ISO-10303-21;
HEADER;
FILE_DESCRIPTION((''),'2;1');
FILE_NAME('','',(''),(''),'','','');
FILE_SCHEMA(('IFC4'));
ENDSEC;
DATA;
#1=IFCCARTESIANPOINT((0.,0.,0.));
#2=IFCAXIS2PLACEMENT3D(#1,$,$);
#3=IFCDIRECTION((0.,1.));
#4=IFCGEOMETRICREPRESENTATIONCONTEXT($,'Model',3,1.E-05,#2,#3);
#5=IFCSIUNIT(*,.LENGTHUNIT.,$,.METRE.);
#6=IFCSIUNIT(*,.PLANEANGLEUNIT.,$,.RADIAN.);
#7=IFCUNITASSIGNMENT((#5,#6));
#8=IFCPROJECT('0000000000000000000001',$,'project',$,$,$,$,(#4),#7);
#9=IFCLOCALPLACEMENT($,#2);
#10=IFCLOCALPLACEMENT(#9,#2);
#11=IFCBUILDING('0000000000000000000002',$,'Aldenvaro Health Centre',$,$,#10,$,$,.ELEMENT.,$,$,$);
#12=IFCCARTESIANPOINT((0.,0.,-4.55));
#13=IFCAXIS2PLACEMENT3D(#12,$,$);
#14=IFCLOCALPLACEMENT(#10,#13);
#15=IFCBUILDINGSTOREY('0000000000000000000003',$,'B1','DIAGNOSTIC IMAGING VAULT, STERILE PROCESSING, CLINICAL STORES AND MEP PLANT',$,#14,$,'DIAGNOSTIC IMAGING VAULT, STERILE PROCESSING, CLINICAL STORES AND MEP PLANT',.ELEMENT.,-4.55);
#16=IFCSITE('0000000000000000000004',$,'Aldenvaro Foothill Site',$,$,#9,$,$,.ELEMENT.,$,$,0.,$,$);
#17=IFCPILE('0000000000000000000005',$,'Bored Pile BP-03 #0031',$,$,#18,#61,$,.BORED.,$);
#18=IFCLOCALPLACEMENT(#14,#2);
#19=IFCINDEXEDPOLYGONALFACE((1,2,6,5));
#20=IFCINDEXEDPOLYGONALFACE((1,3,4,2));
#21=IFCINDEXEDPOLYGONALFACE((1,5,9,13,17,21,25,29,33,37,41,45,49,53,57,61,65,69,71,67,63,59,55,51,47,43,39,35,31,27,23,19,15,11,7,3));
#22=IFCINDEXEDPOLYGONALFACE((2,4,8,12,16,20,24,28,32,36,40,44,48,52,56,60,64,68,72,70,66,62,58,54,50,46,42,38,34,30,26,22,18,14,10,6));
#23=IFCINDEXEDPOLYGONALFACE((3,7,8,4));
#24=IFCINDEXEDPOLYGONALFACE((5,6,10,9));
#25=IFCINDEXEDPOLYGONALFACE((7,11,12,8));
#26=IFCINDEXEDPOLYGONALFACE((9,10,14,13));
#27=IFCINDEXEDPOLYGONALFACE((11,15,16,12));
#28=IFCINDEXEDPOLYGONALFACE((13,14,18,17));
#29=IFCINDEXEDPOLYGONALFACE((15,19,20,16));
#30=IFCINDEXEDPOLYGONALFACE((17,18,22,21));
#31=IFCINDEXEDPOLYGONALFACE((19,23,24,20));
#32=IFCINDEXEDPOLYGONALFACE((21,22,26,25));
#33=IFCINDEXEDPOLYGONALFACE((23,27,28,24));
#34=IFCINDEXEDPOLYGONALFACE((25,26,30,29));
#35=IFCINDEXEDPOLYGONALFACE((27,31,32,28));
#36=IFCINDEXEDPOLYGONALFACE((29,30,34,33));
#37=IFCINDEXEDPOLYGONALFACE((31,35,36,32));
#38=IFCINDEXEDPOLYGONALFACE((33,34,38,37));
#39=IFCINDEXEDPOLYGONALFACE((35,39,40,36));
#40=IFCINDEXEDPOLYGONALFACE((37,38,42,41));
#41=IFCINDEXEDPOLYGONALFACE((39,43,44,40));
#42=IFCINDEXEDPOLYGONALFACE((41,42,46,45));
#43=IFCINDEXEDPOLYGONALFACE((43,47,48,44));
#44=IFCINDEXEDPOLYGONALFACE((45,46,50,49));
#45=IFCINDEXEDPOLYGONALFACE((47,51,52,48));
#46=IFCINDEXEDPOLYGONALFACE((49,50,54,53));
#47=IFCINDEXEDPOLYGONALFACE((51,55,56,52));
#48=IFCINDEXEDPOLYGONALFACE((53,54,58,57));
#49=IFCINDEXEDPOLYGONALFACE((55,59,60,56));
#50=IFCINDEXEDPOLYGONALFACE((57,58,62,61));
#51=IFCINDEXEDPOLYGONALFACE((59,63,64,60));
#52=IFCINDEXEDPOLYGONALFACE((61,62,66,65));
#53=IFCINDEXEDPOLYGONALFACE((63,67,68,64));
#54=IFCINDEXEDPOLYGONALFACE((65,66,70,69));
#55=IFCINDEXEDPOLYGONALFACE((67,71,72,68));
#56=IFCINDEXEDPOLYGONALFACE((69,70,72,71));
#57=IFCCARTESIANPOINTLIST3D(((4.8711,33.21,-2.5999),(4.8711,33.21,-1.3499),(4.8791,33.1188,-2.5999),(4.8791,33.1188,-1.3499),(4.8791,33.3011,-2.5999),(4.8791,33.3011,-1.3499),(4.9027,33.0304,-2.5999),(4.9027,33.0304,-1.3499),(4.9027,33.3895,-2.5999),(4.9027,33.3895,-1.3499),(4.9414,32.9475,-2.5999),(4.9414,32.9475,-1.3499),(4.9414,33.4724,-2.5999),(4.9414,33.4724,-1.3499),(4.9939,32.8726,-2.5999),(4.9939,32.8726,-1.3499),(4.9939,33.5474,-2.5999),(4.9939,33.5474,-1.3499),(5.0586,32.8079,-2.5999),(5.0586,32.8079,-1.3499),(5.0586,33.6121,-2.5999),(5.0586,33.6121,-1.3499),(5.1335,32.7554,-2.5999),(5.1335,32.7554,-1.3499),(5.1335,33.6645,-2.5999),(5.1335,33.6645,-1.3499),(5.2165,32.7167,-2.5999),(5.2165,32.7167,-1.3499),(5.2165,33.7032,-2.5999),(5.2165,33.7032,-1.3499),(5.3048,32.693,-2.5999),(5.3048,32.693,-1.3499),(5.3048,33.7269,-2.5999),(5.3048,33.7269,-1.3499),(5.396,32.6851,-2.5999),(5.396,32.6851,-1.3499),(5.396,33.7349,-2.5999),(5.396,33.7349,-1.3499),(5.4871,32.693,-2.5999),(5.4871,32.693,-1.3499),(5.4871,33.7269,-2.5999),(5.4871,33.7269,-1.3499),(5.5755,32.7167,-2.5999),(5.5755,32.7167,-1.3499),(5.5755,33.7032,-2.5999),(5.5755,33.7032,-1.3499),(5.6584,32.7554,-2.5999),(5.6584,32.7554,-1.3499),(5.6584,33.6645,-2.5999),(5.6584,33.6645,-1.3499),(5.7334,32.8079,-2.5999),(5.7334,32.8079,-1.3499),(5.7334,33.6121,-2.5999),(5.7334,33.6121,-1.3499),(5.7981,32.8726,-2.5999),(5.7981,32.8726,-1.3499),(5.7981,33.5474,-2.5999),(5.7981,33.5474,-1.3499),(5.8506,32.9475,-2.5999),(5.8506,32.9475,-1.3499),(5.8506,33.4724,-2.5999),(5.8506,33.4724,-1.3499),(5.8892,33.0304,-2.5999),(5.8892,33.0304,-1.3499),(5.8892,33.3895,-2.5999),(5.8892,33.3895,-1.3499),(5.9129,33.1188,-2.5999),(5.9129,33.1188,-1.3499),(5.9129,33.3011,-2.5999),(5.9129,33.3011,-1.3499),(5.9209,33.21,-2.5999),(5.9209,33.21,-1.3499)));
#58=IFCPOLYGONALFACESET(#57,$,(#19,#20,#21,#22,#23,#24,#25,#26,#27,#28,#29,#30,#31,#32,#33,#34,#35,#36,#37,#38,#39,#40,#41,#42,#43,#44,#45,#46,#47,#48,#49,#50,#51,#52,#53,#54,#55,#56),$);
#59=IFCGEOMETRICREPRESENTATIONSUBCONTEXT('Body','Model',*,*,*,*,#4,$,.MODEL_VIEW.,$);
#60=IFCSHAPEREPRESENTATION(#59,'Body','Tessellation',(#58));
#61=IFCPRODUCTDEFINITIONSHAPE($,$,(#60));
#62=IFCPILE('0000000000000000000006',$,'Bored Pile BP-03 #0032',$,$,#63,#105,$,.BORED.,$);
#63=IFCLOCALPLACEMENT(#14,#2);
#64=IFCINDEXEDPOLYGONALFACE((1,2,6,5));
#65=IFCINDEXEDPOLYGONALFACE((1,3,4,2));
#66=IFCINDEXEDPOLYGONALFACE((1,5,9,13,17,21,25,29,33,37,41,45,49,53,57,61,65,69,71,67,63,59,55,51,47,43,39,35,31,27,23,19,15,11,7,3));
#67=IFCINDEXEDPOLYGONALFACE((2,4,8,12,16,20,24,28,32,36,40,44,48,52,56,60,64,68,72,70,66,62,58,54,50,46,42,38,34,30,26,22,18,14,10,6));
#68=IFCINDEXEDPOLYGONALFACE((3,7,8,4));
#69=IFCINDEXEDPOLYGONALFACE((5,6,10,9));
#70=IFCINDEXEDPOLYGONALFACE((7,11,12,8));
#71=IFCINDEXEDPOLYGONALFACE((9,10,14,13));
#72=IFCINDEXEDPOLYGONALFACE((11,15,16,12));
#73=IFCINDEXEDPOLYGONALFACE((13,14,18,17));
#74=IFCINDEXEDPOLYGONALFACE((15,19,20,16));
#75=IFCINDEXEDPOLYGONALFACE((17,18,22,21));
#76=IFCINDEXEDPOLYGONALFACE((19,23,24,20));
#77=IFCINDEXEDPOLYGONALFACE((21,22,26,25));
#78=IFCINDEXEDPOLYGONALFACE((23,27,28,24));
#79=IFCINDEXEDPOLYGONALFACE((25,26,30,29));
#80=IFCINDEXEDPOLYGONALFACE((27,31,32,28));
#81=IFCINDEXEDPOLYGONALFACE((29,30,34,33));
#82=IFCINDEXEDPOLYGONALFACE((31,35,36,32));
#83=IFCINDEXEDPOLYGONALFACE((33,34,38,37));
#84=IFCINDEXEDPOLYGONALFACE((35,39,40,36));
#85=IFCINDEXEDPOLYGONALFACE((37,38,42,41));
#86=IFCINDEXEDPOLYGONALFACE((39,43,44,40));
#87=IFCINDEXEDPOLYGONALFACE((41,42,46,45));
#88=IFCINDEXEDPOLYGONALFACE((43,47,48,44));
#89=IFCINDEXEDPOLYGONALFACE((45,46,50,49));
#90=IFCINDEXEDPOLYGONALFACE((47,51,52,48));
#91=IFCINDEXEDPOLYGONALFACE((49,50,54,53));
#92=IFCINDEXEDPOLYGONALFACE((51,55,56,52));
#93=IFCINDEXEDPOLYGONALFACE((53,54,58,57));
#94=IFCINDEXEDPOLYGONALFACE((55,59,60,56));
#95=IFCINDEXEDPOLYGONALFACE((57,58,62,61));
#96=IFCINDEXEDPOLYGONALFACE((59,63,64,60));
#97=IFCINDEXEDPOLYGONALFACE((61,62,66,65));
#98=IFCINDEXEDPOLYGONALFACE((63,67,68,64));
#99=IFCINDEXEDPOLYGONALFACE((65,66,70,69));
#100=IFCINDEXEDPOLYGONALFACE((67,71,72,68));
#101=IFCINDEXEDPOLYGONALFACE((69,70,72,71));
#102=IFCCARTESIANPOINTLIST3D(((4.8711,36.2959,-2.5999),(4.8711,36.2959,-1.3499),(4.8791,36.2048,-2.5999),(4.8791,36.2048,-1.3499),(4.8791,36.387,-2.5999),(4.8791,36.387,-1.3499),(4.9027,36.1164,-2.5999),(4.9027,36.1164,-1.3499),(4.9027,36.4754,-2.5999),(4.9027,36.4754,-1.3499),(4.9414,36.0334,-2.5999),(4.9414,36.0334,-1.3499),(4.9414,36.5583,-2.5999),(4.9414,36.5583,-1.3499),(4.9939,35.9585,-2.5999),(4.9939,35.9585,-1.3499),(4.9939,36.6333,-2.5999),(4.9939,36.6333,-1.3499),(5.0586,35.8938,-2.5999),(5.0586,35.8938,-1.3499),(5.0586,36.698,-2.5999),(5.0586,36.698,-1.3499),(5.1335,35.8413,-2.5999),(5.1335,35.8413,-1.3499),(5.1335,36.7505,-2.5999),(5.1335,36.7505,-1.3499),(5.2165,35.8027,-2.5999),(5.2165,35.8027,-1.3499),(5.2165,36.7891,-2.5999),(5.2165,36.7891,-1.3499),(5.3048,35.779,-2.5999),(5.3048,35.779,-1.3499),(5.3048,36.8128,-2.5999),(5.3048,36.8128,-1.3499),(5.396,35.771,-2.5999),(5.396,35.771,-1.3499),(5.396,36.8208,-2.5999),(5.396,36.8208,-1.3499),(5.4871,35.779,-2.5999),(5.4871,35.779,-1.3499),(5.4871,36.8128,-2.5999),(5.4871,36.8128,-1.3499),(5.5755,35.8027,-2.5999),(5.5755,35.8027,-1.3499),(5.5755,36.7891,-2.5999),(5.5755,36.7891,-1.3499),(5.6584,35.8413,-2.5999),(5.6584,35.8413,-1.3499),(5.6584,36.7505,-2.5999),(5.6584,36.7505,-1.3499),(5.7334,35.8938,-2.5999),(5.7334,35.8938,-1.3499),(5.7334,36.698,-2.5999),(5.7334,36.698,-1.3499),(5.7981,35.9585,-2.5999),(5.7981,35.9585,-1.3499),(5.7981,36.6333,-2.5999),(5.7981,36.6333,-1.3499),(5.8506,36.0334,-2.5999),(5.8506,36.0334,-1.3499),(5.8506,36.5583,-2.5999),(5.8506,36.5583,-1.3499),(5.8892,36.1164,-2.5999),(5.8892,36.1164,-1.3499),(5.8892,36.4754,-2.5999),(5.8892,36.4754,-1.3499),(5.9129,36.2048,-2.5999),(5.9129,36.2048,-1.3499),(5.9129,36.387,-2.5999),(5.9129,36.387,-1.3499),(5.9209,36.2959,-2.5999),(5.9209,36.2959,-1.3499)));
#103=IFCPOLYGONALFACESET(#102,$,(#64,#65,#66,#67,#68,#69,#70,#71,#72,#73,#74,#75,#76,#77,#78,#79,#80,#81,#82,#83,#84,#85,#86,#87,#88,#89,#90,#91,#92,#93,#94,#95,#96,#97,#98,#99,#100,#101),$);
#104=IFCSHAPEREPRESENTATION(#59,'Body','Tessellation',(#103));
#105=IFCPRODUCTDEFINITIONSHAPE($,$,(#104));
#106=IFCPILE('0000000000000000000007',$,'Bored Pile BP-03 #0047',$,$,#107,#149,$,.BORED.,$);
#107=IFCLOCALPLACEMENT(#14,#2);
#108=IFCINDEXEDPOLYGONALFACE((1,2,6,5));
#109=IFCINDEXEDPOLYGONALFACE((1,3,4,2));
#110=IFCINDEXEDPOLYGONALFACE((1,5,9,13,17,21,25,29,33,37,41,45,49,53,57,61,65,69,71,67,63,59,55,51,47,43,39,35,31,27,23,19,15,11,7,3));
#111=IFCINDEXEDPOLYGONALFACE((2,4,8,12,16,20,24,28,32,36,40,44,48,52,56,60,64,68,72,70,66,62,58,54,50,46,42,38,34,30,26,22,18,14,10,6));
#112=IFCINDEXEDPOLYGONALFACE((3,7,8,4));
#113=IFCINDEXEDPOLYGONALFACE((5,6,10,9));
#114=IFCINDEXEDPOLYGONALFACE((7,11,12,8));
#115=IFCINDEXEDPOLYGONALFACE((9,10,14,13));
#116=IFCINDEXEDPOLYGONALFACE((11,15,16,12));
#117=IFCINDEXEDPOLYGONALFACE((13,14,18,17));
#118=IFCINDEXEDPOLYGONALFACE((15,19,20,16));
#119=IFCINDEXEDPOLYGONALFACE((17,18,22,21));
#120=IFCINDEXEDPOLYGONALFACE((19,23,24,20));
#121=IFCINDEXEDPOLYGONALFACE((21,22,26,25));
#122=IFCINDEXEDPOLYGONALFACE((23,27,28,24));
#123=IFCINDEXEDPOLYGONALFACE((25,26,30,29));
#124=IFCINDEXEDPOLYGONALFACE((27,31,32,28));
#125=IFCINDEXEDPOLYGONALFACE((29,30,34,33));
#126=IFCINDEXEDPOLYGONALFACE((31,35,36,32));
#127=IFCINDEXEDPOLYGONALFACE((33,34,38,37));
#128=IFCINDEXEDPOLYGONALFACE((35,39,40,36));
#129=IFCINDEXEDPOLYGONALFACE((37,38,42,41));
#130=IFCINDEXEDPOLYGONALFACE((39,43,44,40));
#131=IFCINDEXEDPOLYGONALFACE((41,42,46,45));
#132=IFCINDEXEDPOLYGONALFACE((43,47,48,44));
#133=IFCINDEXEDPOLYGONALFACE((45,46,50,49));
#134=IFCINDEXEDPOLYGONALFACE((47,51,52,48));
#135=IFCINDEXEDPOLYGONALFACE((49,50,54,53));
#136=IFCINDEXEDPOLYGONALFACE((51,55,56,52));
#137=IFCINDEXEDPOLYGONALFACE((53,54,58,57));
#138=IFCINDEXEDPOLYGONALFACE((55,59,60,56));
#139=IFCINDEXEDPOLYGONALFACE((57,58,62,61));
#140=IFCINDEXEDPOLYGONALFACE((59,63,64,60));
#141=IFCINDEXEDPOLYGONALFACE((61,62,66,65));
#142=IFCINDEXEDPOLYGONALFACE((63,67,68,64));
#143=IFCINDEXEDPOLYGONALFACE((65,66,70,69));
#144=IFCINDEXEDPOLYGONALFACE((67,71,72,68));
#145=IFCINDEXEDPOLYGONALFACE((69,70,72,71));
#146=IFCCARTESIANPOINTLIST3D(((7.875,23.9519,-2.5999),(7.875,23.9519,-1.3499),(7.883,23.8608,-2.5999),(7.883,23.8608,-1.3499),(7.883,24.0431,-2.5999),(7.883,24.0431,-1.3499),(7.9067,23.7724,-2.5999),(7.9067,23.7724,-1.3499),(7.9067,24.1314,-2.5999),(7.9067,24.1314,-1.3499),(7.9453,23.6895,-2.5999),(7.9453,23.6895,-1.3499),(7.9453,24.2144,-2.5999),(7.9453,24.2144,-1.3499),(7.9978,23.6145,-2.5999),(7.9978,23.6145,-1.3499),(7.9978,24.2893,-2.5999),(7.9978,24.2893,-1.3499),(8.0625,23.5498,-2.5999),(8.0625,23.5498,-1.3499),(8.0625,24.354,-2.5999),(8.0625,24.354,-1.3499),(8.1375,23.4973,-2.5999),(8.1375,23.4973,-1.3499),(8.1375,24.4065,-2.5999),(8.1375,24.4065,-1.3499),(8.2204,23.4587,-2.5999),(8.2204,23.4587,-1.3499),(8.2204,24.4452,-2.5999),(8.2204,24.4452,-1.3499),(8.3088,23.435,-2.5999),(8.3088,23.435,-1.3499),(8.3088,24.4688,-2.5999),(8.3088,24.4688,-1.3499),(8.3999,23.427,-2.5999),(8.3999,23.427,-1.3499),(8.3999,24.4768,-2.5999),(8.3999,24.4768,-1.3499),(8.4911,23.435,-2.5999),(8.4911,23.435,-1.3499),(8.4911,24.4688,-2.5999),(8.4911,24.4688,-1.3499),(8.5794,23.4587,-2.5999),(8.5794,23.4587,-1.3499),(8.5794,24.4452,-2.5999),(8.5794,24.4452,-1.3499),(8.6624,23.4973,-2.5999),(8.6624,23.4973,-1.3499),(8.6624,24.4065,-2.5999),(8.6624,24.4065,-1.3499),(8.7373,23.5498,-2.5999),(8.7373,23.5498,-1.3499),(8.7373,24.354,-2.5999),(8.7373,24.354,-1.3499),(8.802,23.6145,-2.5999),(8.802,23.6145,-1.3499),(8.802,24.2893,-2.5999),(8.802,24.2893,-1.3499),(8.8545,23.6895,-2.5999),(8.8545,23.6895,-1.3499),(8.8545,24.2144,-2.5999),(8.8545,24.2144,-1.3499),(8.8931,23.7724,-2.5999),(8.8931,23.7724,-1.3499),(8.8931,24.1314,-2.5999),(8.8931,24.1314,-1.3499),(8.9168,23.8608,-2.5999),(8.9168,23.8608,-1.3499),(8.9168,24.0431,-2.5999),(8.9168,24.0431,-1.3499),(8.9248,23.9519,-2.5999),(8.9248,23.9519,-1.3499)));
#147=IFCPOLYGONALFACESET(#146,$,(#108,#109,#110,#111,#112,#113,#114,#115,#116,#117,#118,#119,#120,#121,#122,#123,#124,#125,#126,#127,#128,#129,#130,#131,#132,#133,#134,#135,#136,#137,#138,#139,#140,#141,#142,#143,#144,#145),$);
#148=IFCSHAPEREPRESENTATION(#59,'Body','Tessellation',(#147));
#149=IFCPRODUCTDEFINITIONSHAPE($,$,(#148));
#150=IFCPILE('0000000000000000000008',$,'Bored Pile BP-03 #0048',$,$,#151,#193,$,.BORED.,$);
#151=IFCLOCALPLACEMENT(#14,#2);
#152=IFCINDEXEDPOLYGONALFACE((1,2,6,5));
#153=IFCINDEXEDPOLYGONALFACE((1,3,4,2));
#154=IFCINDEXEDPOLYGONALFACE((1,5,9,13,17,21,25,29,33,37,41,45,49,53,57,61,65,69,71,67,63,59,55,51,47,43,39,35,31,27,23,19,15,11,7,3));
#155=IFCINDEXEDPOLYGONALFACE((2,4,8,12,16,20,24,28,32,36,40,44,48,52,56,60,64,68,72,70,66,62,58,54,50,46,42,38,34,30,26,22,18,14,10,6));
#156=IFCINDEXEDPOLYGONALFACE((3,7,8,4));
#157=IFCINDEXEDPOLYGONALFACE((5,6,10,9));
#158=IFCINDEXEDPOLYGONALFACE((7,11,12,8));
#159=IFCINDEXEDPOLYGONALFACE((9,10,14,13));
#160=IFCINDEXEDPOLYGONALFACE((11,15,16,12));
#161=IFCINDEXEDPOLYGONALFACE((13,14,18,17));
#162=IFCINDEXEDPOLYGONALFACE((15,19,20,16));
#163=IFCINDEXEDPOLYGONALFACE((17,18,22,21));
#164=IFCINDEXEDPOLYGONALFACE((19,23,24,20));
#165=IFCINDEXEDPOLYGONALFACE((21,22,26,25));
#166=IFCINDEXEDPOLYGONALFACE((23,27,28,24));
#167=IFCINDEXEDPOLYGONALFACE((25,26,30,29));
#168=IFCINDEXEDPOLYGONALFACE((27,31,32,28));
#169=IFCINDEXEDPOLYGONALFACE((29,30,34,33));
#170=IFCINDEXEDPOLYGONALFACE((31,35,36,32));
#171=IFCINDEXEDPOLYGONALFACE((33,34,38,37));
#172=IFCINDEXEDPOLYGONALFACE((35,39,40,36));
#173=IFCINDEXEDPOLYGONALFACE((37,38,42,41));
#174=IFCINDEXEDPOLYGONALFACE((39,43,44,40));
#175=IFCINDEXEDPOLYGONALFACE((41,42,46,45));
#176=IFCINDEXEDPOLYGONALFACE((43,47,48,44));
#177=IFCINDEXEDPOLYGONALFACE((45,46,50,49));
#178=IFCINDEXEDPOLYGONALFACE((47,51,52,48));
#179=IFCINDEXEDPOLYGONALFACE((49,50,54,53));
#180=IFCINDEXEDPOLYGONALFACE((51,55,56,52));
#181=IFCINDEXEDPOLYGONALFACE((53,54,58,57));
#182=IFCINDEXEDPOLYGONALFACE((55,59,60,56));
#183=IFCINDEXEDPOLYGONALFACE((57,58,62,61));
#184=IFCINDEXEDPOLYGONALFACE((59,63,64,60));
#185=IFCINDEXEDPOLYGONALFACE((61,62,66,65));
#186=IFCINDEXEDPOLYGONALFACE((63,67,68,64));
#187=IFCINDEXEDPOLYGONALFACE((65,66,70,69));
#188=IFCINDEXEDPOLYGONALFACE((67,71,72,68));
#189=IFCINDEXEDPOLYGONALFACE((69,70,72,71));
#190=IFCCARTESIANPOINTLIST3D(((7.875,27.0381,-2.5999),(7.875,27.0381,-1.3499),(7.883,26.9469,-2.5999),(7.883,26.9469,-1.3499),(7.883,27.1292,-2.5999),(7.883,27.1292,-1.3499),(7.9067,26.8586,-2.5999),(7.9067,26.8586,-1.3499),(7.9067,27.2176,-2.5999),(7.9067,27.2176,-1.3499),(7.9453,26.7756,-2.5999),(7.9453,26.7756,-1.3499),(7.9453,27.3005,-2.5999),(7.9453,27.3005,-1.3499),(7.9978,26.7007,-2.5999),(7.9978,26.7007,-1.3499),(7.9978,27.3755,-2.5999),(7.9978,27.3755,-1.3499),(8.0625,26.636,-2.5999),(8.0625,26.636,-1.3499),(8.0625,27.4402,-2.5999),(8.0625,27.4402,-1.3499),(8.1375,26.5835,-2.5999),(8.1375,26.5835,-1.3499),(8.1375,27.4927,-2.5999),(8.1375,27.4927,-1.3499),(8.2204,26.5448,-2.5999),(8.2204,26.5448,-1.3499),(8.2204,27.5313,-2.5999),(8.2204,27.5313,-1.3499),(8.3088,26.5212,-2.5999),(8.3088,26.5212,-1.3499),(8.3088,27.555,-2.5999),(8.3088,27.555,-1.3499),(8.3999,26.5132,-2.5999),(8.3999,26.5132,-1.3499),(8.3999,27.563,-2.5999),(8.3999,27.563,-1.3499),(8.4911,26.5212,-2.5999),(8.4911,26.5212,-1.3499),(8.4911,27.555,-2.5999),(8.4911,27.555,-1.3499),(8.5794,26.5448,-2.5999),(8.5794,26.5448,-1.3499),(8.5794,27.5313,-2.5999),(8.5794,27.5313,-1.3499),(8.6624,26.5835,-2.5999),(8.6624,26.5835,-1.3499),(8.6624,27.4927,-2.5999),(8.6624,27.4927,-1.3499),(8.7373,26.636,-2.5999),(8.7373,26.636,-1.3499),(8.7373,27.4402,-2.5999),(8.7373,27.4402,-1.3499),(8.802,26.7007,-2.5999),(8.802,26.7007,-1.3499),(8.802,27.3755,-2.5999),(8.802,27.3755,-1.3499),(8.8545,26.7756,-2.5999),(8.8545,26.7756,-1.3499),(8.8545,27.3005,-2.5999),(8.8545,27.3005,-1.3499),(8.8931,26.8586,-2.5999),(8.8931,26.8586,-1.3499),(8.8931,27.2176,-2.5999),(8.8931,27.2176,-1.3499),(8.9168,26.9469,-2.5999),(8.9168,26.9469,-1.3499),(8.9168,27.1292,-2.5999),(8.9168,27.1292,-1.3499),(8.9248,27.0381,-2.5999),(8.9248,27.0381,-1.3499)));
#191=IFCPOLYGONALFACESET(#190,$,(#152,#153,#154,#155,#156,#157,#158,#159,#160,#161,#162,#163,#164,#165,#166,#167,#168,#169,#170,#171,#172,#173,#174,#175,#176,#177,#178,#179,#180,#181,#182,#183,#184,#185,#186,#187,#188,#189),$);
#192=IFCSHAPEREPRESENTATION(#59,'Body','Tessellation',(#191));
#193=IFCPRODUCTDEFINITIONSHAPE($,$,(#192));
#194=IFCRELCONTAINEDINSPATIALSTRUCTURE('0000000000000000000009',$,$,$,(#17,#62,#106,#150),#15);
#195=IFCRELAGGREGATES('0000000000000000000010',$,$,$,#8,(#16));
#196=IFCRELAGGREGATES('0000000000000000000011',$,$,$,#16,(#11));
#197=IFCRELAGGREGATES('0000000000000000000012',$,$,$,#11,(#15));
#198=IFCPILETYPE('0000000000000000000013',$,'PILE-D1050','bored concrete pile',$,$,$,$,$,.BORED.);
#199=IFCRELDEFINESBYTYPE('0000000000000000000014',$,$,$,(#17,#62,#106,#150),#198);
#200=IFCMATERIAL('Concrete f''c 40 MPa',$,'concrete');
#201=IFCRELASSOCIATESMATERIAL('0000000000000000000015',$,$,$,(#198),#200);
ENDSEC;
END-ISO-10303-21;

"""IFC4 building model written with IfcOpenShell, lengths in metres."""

from ifc_helpers import new_model, si_unit, direction, frame, origin, origin_2d, place, context, subcontext, project, spatial, circle, extrude, material, material_profile, profile_set, type_object, element, save


model = new_model("IFC4")

# Units and contexts
model_context = context("Model", 3, precision=1e-05, world=origin(), true_north=direction((0.0, 1.0)))
body_context = subcontext(model_context, "Body", "Model", "MODEL_VIEW")
ifc_project = project(units=[si_unit("LENGTHUNIT", "METRE"), si_unit("PLANEANGLEUNIT", "RADIAN")], contexts=[model_context])

# Site, building, storey
site_placement = place(None, origin())
site = spatial("IfcSite", under=ifc_project, at=site_placement, Name="Aldenvaro Foothill Site", CompositionType="ELEMENT", RefElevation=0.0)
building_placement = place(site_placement, origin())
building = spatial("IfcBuilding", under=site, at=building_placement, Name="Aldenvaro Health Centre", CompositionType="ELEMENT")
storey_placement = place(building_placement, frame((0.0, 0.0, -4.55)))
storey = spatial("IfcBuildingStorey", under=building, at=storey_placement, Name="B1", Description="DIAGNOSTIC IMAGING VAULT, STERILE PROCESSING, CLINICAL STORES AND MEP PLANT", LongName="DIAGNOSTIC IMAGING VAULT, STERILE PROCESSING, CLINICAL STORES AND MEP PLANT", CompositionType="ELEMENT", Elevation=-4.55)

# Piles
ifc_material_1 = material(Name="Concrete f'c 40 MPa", Category="concrete")
ifc_material_profile_1 = material_profile(ifc_material_1, circle(Radius=0.5249, at=origin_2d()), Name="PILE D1050", Category="concrete")
ifc_profile_set_1 = profile_set([ifc_material_profile_1], Name="Concrete f'c 40 MPa")
pile_type = type_object("IfcPileType", Name="PILE-D1050", Description="bored concrete pile", PredefinedType="BORED", material=ifc_profile_set_1)
for number, where, z_axis, x_axis, name in (
    (1, (5.396, 33.21, -1.3499), (0.0, 0.0, -1.0), (1.0, 0.0, 0.0), "Bored Pile BP-03 #0031"),
    (2, (5.396, 36.2959, -1.3499), (0.0, 0.0, -1.0), (1.0, 0.0, 0.0), "Bored Pile BP-03 #0032"),
    (3, (8.3999, 23.9519, -1.3499), (0.0, 0.0, -1.0), (1.0, 0.0, 0.0), "Bored Pile BP-03 #0047"),
    (4, (8.3999, 27.0381, -1.3499), (0.0, 0.0, -1.0), (1.0, 0.0, 0.0), "Bored Pile BP-03 #0048"),
):
    element("IfcPile", number, at=place(storey_placement, frame(where, z_axis=z_axis, x_axis=x_axis)), inside=storey, type_object=pile_type, Name=name, PredefinedType="BORED", context=body_context, shape_type="SweptSolid", body=[
        extrude(circle(Radius=0.5249, at=origin_2d()), origin(), (0.0, 0.0, 1.0), 1.25),
    ])

save(model, "model.ifc")
